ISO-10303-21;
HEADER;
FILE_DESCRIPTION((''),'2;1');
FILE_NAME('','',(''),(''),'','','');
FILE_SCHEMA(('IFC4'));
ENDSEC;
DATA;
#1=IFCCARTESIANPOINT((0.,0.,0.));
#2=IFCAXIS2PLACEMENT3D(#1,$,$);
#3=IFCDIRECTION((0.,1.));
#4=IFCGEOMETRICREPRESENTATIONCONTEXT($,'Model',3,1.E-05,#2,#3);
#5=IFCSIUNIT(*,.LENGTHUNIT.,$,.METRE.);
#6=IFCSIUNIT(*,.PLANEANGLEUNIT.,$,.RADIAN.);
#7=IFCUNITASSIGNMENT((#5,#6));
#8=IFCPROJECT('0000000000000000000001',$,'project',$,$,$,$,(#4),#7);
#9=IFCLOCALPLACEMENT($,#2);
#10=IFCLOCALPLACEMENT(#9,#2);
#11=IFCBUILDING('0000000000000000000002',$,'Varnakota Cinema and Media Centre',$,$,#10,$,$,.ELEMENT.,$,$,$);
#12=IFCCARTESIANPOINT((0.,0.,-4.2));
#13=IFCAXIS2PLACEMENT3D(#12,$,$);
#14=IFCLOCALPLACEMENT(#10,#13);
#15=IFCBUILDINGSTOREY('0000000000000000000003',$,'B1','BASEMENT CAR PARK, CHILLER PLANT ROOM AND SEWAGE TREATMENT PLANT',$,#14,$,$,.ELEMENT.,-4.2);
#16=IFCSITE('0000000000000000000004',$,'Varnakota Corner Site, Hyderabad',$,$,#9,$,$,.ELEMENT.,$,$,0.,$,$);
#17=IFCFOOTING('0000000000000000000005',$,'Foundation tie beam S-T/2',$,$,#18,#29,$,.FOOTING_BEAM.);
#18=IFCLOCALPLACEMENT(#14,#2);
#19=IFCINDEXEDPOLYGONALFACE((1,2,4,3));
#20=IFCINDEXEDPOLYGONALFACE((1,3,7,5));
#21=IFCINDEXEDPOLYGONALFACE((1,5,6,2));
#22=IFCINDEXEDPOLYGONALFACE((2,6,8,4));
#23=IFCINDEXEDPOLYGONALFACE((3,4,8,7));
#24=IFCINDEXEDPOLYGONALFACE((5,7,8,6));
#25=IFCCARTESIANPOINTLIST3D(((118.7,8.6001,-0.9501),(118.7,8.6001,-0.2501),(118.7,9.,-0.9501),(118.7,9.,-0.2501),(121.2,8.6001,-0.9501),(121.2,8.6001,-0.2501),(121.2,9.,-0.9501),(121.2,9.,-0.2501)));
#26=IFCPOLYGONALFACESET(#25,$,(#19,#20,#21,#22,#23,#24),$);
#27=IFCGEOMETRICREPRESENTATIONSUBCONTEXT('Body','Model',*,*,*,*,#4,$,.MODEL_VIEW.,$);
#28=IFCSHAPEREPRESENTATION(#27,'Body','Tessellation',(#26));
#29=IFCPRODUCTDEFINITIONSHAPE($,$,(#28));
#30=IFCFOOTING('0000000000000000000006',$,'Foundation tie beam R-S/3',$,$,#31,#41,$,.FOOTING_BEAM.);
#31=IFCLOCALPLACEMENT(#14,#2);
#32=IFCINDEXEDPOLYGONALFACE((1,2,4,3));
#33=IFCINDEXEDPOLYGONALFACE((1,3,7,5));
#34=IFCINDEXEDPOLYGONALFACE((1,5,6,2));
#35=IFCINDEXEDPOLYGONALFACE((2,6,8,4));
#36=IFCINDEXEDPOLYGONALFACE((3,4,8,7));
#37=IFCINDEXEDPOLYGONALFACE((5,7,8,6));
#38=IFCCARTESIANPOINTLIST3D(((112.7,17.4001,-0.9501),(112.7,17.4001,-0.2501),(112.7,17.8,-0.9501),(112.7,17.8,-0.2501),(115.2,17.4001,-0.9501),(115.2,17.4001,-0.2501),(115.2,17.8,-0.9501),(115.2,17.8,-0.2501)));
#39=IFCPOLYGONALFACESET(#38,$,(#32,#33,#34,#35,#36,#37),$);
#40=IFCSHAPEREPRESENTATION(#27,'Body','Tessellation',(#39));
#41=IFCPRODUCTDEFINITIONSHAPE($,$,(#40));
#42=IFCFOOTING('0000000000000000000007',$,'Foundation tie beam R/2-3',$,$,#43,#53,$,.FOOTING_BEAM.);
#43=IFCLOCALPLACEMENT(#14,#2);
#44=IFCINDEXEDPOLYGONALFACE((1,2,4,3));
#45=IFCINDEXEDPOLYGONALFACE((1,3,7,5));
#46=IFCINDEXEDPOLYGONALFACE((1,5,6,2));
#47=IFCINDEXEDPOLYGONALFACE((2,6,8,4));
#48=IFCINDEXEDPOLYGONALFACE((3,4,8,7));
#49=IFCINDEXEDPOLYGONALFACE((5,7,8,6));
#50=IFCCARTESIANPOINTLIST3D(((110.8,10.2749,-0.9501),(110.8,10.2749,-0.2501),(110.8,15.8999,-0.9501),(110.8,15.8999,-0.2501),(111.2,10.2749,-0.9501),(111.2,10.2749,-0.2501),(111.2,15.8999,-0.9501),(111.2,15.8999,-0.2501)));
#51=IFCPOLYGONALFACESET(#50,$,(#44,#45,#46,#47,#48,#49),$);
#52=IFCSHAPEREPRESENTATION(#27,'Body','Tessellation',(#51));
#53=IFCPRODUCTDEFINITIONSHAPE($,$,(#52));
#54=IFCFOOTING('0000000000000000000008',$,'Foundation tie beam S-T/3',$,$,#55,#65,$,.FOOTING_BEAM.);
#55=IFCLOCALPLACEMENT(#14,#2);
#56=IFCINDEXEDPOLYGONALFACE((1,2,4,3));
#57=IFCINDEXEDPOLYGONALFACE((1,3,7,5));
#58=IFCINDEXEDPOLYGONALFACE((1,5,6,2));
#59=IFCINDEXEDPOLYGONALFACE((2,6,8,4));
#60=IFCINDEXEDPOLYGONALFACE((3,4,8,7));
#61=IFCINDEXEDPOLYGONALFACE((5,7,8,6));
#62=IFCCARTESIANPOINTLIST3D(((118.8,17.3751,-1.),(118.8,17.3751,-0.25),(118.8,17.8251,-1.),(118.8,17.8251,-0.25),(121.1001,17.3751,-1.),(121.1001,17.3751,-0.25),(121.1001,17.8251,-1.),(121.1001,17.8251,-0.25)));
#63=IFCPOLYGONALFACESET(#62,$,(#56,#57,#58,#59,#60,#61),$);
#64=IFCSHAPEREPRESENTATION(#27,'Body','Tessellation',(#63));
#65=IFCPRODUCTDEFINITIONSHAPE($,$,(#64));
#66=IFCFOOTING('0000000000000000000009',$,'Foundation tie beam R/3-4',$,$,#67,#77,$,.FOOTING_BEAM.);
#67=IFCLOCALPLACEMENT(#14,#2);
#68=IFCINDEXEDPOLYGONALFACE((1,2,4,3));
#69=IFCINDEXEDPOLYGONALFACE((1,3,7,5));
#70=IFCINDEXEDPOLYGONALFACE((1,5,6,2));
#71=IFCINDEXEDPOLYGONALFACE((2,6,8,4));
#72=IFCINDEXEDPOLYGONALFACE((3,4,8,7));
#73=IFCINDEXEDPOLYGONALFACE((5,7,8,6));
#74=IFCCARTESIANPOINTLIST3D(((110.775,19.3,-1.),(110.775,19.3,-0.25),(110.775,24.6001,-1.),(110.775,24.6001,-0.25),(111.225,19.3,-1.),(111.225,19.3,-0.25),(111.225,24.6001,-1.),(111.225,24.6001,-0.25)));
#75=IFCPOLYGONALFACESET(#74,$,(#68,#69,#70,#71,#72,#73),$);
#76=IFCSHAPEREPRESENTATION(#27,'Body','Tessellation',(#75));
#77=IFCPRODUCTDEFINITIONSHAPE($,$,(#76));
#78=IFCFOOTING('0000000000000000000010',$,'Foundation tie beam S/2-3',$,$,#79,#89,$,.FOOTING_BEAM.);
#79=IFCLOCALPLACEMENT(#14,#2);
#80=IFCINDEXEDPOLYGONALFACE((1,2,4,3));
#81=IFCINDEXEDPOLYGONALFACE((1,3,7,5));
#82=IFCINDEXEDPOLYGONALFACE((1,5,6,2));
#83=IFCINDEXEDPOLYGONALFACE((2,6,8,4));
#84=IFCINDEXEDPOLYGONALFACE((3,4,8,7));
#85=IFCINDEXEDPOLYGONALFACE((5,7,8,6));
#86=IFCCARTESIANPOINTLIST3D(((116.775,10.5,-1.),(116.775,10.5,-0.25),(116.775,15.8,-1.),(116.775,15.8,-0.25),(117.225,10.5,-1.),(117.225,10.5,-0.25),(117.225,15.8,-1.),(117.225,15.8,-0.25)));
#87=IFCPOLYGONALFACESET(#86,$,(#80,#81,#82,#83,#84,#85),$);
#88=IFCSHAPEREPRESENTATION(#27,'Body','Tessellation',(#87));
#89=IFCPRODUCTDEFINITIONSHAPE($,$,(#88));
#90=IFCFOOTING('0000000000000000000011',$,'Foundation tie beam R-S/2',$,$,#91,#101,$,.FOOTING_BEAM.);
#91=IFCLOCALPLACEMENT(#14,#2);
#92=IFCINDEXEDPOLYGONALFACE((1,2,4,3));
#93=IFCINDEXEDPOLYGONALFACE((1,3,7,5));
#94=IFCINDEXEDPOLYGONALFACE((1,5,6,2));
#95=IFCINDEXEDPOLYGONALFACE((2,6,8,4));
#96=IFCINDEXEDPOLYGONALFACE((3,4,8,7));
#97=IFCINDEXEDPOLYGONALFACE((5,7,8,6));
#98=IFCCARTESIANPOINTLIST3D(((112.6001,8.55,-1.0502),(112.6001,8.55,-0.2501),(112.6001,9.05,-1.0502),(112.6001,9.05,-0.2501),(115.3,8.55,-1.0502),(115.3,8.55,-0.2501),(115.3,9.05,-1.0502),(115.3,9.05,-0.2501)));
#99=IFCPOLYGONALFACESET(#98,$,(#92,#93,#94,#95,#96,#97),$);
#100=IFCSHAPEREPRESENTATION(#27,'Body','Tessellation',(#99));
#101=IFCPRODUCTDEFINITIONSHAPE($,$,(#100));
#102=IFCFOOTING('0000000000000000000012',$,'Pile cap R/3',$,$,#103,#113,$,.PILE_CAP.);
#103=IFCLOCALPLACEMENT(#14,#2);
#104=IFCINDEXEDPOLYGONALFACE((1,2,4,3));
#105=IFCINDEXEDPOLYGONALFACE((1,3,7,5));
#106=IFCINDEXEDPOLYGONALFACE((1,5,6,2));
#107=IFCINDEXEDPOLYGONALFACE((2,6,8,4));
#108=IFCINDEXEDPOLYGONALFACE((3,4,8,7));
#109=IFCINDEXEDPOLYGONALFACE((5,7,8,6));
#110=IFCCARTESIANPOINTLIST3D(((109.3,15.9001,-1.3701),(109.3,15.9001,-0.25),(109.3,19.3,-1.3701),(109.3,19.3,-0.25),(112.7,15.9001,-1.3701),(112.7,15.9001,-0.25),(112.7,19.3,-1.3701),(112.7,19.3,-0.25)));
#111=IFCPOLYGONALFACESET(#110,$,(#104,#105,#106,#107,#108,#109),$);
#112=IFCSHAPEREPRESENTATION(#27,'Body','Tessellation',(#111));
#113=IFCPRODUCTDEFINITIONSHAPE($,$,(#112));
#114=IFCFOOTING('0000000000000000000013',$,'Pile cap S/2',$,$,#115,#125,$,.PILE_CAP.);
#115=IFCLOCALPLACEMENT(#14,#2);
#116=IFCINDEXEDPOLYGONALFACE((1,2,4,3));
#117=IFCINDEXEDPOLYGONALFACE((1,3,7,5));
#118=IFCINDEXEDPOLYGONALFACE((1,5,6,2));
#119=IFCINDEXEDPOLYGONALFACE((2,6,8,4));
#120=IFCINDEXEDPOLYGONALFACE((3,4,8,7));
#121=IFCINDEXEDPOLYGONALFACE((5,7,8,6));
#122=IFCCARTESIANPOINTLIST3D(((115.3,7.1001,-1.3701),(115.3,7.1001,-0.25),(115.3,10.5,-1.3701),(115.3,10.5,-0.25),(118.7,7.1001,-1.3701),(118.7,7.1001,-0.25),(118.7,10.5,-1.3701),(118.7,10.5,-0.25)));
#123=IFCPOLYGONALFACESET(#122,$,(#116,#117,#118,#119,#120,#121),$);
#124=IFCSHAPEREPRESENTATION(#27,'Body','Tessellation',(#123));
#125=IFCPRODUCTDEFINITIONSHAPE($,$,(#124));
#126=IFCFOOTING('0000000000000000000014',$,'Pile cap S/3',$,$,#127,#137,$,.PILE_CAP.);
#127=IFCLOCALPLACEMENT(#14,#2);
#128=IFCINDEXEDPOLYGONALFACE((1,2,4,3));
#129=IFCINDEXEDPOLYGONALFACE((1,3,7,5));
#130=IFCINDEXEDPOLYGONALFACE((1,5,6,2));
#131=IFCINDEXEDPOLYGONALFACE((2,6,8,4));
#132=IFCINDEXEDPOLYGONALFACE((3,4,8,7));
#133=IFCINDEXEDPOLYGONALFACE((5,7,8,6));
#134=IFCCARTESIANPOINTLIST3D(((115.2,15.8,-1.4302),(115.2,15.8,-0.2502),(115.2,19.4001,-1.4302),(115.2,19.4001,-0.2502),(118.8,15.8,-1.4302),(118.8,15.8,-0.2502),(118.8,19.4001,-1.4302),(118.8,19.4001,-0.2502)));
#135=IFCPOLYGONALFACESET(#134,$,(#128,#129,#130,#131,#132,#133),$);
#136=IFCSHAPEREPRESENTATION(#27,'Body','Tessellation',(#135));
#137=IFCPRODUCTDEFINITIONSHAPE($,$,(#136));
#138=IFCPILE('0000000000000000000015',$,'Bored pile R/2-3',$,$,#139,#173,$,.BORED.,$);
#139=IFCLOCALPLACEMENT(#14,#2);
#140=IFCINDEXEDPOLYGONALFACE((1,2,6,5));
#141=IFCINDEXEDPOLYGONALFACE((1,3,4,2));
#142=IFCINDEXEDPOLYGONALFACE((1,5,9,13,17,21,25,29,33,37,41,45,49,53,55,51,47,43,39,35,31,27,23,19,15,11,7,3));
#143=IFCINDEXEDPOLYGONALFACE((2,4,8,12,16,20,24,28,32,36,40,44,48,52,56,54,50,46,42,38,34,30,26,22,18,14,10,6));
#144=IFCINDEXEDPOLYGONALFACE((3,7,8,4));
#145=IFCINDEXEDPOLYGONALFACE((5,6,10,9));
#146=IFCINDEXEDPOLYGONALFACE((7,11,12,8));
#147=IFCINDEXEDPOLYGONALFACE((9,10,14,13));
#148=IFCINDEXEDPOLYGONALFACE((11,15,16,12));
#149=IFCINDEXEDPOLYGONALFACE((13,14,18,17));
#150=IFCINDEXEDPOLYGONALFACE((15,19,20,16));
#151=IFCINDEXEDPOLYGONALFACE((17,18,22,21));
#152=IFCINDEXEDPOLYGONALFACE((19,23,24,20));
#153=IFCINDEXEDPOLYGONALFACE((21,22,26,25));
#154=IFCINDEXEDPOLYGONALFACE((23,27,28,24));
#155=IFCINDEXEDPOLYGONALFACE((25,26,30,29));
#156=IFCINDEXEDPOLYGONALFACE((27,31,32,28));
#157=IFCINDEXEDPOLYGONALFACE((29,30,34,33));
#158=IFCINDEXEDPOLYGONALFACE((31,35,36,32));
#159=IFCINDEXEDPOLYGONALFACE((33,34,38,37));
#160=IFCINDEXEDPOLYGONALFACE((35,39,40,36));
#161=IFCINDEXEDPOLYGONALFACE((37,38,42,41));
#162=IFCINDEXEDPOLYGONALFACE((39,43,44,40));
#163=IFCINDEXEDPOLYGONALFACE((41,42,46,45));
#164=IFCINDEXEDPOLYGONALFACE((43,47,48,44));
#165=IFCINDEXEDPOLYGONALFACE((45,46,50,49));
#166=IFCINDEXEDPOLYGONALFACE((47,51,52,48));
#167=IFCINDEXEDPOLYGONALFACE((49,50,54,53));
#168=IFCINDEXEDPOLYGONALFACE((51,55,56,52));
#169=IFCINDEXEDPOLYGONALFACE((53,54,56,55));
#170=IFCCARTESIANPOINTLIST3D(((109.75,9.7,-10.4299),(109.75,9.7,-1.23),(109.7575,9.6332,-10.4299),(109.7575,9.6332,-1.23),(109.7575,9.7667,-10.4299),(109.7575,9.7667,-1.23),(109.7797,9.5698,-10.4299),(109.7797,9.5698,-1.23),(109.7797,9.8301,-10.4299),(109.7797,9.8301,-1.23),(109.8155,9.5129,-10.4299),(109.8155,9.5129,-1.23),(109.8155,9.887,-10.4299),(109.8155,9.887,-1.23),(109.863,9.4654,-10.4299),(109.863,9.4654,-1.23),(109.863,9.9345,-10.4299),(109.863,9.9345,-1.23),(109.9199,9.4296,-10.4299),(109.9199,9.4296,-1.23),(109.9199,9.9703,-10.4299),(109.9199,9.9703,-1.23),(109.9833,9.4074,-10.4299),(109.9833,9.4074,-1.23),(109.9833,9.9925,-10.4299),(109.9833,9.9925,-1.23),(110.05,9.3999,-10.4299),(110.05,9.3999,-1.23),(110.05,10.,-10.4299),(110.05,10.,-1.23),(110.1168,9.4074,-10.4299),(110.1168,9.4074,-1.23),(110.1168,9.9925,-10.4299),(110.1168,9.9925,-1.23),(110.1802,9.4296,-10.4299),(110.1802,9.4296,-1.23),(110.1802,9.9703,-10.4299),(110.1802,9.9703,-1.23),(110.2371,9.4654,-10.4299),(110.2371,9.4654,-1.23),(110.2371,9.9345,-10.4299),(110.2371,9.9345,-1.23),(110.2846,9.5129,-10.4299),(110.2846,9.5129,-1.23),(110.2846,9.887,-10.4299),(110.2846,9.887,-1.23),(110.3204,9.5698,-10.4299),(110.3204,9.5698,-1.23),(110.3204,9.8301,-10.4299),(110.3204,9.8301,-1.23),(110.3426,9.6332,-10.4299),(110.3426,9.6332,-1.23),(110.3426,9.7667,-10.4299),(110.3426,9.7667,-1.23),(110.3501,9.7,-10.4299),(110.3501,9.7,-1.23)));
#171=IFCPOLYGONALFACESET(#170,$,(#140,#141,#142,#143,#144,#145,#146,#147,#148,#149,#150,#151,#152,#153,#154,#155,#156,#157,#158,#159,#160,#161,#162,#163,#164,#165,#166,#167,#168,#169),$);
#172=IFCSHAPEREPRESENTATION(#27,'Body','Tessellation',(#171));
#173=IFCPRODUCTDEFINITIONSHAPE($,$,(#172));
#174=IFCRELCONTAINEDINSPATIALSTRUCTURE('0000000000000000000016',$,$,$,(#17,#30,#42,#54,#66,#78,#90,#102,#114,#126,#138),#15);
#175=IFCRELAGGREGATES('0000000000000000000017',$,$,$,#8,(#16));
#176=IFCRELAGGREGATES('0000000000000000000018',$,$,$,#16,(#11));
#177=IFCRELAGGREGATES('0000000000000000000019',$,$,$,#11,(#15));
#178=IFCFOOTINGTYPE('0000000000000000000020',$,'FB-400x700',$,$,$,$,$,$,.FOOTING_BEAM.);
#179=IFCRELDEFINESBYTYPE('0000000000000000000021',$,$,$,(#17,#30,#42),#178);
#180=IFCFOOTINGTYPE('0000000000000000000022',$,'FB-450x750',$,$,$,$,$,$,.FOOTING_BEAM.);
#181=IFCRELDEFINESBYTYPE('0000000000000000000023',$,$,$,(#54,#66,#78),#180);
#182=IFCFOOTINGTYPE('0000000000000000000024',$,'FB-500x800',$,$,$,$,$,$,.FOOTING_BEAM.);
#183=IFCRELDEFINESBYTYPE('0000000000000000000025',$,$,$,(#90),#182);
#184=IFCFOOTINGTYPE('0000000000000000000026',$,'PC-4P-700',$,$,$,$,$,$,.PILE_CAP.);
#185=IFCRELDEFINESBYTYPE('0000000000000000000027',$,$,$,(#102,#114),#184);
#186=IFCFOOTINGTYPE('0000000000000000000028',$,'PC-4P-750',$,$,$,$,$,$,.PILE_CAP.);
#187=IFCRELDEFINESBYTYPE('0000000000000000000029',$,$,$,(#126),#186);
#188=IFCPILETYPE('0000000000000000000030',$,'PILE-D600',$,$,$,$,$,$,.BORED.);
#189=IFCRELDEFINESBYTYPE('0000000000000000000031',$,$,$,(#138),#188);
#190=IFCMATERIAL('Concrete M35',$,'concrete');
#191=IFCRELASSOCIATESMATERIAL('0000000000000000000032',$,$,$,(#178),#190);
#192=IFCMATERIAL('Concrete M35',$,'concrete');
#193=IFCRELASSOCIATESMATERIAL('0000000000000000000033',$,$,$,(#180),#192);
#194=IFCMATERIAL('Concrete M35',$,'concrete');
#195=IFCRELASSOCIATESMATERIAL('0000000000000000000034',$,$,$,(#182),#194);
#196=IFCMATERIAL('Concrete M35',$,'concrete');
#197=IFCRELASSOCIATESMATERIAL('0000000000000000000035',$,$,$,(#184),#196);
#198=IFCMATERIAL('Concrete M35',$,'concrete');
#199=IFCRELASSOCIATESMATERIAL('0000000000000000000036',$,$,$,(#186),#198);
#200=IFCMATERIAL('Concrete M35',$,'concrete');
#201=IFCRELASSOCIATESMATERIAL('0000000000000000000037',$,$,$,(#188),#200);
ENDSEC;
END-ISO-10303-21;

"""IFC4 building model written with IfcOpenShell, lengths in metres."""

from ifc_helpers import new_model, si_unit, direction, frame, origin, origin_2d, place, context, subcontext, project, spatial, rectangle, circle, extrude, material, material_profile, profile_set, type_object, element, save


model = new_model("IFC4")

# Units and contexts
model_context = context("Model", 3, precision=1e-05, world=origin(), true_north=direction((0.0, 1.0)))
body_context = subcontext(model_context, "Body", "Model", "MODEL_VIEW")
ifc_project = project(units=[si_unit("LENGTHUNIT", "METRE"), si_unit("PLANEANGLEUNIT", "RADIAN")], contexts=[model_context])

# Site, building, storey
site_placement = place(None, origin())
site = spatial("IfcSite", under=ifc_project, at=site_placement, Name="Varnakota Corner Site, Hyderabad", CompositionType="ELEMENT", RefElevation=0.0)
building_placement = place(site_placement, origin())
building = spatial("IfcBuilding", under=site, at=building_placement, Name="Varnakota Cinema and Media Centre", CompositionType="ELEMENT")
storey_placement = place(building_placement, frame((0.0, 0.0, -4.2)))
storey = spatial("IfcBuildingStorey", under=building, at=storey_placement, Name="B1", Description="BASEMENT CAR PARK, CHILLER PLANT ROOM AND SEWAGE TREATMENT PLANT", CompositionType="ELEMENT", Elevation=-4.2)

# Footings
ifc_material_1 = material(Name="Concrete M35", Category="concrete")
ifc_material_profile_1 = material_profile(ifc_material_1, rectangle(XDim=0.3999, YDim=0.7, at=origin_2d()), Name="FB 400x700")
ifc_profile_set_1 = profile_set([ifc_material_profile_1], Name="Concrete M35")
footing_type_1 = type_object("IfcFootingType", Name="FB-400x700", PredefinedType="FOOTING_BEAM", material=ifc_profile_set_1)
for number, where, z_axis, x_axis, name in (
    (1, (118.7, 8.8, -0.6001), (1.0, 0.0, 0.0), (0.0, 1.0, 0.0), "Foundation tie beam S-T/2"),
    (2, (112.7, 17.6001, -0.6001), (1.0, 0.0, 0.0), (0.0, 1.0, 0.0), "Foundation tie beam R-S/3"),
):
    element("IfcFooting", number, at=place(storey_placement, frame(where, z_axis=z_axis, x_axis=x_axis)), inside=storey, type_object=footing_type_1, Name=name, PredefinedType="FOOTING_BEAM", context=body_context, shape_type="SweptSolid", body=[
        extrude(rectangle(XDim=0.3999, YDim=0.7, at=origin_2d()), origin(), (0.0, 0.0, 1.0), 2.5),
    ])
footing_1_placement = place(storey_placement, frame((111.0, 10.2749, -0.6001), z_axis=(0.0, 1.0, 0.0), x_axis=(-1.0, 0.0, 0.0)))
element("IfcFooting", 3, at=footing_1_placement, inside=storey, type_object=footing_type_1, Name="Foundation tie beam R/2-3", PredefinedType="FOOTING_BEAM", context=body_context, shape_type="SweptSolid", body=[
    extrude(rectangle(XDim=0.3999, YDim=0.7, at=origin_2d()), origin(), (0.0, 0.0, 1.0), 5.625),
])
ifc_material_2 = material(Name="Concrete M35", Category="concrete")
ifc_material_profile_2 = material_profile(ifc_material_2, rectangle(XDim=0.45, YDim=0.75, at=origin_2d()), Name="FB 450x750")
ifc_profile_set_2 = profile_set([ifc_material_profile_2], Name="Concrete M35")
footing_type_2 = type_object("IfcFootingType", Name="FB-450x750", PredefinedType="FOOTING_BEAM", material=ifc_profile_set_2)
footing_2_placement = place(storey_placement, frame((118.8, 17.6001, -0.625), z_axis=(1.0, 0.0, 0.0), x_axis=(0.0, 1.0, 0.0)))
element("IfcFooting", 4, at=footing_2_placement, inside=storey, type_object=footing_type_2, Name="Foundation tie beam S-T/3", PredefinedType="FOOTING_BEAM", context=body_context, shape_type="SweptSolid", body=[
    extrude(rectangle(XDim=0.45, YDim=0.75, at=origin_2d()), origin(), (0.0, 0.0, 1.0), 2.3),
])
for number, where, z_axis, x_axis, name in (
    (5, (111.0, 19.3, -0.625), (0.0, 1.0, 0.0), (-1.0, 0.0, 0.0), "Foundation tie beam R/3-4"),
    (6, (117.0, 10.5, -0.625), (0.0, 1.0, 0.0), (-1.0, 0.0, 0.0), "Foundation tie beam S/2-3"),
):
    element("IfcFooting", number, at=place(storey_placement, frame(where, z_axis=z_axis, x_axis=x_axis)), inside=storey, type_object=footing_type_2, Name=name, PredefinedType="FOOTING_BEAM", context=body_context, shape_type="SweptSolid", body=[
        extrude(rectangle(XDim=0.45, YDim=0.75, at=origin_2d()), origin(), (0.0, 0.0, 1.0), 5.3),
    ])
ifc_material_3 = material(Name="Concrete M35", Category="concrete")
ifc_material_profile_3 = material_profile(ifc_material_3, rectangle(XDim=0.5, YDim=0.8, at=origin_2d()), Name="FB 500x800")
ifc_profile_set_3 = profile_set([ifc_material_profile_3], Name="Concrete M35")
footing_type_3 = type_object("IfcFootingType", Name="FB-500x800", PredefinedType="FOOTING_BEAM", material=ifc_profile_set_3)
footing_3_placement = place(storey_placement, frame((112.6001, 8.8, -0.6501), z_axis=(1.0, 0.0, 0.0), x_axis=(0.0, 1.0, 0.0)))
element("IfcFooting", 7, at=footing_3_placement, inside=storey, type_object=footing_type_3, Name="Foundation tie beam R-S/2", PredefinedType="FOOTING_BEAM", context=body_context, shape_type="SweptSolid", body=[
    extrude(rectangle(XDim=0.5, YDim=0.8, at=origin_2d()), origin(), (0.0, 0.0, 1.0), 2.7),
])
ifc_material_4 = material(Name="Concrete M35", Category="concrete")
footing_type_4 = type_object("IfcFootingType", Name="PC-4P-700", PredefinedType="PILE_CAP", material=ifc_material_4)
for number, where, z_axis, x_axis, name in (
    (8, (111.0, 17.6001, -1.3701), (0.0, 0.0, 1.0), (1.0, 0.0, 0.0), "Pile cap R/3"),
    (9, (117.0, 8.8, -1.3701), (0.0, 0.0, 1.0), (1.0, 0.0, 0.0), "Pile cap S/2"),
):
    element("IfcFooting", number, at=place(storey_placement, frame(where, z_axis=z_axis, x_axis=x_axis)), inside=storey, type_object=footing_type_4, Name=name, PredefinedType="PILE_CAP", context=body_context, shape_type="SweptSolid", body=[
        extrude(rectangle(XDim=3.3999, YDim=3.3999, at=origin_2d()), origin(), (0.0, 0.0, 1.0), 1.1201),
    ])
ifc_material_5 = material(Name="Concrete M35", Category="concrete")
footing_type_5 = type_object("IfcFootingType", Name="PC-4P-750", PredefinedType="PILE_CAP", material=ifc_material_5)
footing_4_placement = place(storey_placement, frame((117.0, 17.6001, -1.4302), z_axis=(0.0, 0.0, 1.0), x_axis=(1.0, 0.0, 0.0)))
element("IfcFooting", 10, at=footing_4_placement, inside=storey, type_object=footing_type_5, Name="Pile cap S/3", PredefinedType="PILE_CAP", context=body_context, shape_type="SweptSolid", body=[
    extrude(rectangle(XDim=3.6001, YDim=3.6001, at=origin_2d()), origin(), (0.0, 0.0, 1.0), 1.1799),
])

# Pile
ifc_material_6 = material(Name="Concrete M35", Category="concrete")
ifc_material_profile_4 = material_profile(ifc_material_6, circle(Radius=0.3, at=origin_2d()), Name="PILE D600")
ifc_profile_set_4 = profile_set([ifc_material_profile_4], Name="Concrete M35")
pile_type_1 = type_object("IfcPileType", Name="PILE-D600", PredefinedType="BORED", material=ifc_profile_set_4)
for number, where, z_axis, x_axis, name in (
    (11, (110.05, 9.7, -1.23), (0.0, 0.0, -1.0), (1.0, 0.0, 0.0), "Bored pile R/2-3"),
):
    element("IfcPile", number, at=place(storey_placement, frame(where, z_axis=z_axis, x_axis=x_axis)), inside=storey, type_object=pile_type_1, Name=name, PredefinedType="BORED", context=body_context, shape_type="SweptSolid", body=[
        extrude(circle(Radius=0.3, at=origin_2d()), origin(), (0.0, 0.0, 1.0), 9.2),
    ])

save(model, "model.ifc")
